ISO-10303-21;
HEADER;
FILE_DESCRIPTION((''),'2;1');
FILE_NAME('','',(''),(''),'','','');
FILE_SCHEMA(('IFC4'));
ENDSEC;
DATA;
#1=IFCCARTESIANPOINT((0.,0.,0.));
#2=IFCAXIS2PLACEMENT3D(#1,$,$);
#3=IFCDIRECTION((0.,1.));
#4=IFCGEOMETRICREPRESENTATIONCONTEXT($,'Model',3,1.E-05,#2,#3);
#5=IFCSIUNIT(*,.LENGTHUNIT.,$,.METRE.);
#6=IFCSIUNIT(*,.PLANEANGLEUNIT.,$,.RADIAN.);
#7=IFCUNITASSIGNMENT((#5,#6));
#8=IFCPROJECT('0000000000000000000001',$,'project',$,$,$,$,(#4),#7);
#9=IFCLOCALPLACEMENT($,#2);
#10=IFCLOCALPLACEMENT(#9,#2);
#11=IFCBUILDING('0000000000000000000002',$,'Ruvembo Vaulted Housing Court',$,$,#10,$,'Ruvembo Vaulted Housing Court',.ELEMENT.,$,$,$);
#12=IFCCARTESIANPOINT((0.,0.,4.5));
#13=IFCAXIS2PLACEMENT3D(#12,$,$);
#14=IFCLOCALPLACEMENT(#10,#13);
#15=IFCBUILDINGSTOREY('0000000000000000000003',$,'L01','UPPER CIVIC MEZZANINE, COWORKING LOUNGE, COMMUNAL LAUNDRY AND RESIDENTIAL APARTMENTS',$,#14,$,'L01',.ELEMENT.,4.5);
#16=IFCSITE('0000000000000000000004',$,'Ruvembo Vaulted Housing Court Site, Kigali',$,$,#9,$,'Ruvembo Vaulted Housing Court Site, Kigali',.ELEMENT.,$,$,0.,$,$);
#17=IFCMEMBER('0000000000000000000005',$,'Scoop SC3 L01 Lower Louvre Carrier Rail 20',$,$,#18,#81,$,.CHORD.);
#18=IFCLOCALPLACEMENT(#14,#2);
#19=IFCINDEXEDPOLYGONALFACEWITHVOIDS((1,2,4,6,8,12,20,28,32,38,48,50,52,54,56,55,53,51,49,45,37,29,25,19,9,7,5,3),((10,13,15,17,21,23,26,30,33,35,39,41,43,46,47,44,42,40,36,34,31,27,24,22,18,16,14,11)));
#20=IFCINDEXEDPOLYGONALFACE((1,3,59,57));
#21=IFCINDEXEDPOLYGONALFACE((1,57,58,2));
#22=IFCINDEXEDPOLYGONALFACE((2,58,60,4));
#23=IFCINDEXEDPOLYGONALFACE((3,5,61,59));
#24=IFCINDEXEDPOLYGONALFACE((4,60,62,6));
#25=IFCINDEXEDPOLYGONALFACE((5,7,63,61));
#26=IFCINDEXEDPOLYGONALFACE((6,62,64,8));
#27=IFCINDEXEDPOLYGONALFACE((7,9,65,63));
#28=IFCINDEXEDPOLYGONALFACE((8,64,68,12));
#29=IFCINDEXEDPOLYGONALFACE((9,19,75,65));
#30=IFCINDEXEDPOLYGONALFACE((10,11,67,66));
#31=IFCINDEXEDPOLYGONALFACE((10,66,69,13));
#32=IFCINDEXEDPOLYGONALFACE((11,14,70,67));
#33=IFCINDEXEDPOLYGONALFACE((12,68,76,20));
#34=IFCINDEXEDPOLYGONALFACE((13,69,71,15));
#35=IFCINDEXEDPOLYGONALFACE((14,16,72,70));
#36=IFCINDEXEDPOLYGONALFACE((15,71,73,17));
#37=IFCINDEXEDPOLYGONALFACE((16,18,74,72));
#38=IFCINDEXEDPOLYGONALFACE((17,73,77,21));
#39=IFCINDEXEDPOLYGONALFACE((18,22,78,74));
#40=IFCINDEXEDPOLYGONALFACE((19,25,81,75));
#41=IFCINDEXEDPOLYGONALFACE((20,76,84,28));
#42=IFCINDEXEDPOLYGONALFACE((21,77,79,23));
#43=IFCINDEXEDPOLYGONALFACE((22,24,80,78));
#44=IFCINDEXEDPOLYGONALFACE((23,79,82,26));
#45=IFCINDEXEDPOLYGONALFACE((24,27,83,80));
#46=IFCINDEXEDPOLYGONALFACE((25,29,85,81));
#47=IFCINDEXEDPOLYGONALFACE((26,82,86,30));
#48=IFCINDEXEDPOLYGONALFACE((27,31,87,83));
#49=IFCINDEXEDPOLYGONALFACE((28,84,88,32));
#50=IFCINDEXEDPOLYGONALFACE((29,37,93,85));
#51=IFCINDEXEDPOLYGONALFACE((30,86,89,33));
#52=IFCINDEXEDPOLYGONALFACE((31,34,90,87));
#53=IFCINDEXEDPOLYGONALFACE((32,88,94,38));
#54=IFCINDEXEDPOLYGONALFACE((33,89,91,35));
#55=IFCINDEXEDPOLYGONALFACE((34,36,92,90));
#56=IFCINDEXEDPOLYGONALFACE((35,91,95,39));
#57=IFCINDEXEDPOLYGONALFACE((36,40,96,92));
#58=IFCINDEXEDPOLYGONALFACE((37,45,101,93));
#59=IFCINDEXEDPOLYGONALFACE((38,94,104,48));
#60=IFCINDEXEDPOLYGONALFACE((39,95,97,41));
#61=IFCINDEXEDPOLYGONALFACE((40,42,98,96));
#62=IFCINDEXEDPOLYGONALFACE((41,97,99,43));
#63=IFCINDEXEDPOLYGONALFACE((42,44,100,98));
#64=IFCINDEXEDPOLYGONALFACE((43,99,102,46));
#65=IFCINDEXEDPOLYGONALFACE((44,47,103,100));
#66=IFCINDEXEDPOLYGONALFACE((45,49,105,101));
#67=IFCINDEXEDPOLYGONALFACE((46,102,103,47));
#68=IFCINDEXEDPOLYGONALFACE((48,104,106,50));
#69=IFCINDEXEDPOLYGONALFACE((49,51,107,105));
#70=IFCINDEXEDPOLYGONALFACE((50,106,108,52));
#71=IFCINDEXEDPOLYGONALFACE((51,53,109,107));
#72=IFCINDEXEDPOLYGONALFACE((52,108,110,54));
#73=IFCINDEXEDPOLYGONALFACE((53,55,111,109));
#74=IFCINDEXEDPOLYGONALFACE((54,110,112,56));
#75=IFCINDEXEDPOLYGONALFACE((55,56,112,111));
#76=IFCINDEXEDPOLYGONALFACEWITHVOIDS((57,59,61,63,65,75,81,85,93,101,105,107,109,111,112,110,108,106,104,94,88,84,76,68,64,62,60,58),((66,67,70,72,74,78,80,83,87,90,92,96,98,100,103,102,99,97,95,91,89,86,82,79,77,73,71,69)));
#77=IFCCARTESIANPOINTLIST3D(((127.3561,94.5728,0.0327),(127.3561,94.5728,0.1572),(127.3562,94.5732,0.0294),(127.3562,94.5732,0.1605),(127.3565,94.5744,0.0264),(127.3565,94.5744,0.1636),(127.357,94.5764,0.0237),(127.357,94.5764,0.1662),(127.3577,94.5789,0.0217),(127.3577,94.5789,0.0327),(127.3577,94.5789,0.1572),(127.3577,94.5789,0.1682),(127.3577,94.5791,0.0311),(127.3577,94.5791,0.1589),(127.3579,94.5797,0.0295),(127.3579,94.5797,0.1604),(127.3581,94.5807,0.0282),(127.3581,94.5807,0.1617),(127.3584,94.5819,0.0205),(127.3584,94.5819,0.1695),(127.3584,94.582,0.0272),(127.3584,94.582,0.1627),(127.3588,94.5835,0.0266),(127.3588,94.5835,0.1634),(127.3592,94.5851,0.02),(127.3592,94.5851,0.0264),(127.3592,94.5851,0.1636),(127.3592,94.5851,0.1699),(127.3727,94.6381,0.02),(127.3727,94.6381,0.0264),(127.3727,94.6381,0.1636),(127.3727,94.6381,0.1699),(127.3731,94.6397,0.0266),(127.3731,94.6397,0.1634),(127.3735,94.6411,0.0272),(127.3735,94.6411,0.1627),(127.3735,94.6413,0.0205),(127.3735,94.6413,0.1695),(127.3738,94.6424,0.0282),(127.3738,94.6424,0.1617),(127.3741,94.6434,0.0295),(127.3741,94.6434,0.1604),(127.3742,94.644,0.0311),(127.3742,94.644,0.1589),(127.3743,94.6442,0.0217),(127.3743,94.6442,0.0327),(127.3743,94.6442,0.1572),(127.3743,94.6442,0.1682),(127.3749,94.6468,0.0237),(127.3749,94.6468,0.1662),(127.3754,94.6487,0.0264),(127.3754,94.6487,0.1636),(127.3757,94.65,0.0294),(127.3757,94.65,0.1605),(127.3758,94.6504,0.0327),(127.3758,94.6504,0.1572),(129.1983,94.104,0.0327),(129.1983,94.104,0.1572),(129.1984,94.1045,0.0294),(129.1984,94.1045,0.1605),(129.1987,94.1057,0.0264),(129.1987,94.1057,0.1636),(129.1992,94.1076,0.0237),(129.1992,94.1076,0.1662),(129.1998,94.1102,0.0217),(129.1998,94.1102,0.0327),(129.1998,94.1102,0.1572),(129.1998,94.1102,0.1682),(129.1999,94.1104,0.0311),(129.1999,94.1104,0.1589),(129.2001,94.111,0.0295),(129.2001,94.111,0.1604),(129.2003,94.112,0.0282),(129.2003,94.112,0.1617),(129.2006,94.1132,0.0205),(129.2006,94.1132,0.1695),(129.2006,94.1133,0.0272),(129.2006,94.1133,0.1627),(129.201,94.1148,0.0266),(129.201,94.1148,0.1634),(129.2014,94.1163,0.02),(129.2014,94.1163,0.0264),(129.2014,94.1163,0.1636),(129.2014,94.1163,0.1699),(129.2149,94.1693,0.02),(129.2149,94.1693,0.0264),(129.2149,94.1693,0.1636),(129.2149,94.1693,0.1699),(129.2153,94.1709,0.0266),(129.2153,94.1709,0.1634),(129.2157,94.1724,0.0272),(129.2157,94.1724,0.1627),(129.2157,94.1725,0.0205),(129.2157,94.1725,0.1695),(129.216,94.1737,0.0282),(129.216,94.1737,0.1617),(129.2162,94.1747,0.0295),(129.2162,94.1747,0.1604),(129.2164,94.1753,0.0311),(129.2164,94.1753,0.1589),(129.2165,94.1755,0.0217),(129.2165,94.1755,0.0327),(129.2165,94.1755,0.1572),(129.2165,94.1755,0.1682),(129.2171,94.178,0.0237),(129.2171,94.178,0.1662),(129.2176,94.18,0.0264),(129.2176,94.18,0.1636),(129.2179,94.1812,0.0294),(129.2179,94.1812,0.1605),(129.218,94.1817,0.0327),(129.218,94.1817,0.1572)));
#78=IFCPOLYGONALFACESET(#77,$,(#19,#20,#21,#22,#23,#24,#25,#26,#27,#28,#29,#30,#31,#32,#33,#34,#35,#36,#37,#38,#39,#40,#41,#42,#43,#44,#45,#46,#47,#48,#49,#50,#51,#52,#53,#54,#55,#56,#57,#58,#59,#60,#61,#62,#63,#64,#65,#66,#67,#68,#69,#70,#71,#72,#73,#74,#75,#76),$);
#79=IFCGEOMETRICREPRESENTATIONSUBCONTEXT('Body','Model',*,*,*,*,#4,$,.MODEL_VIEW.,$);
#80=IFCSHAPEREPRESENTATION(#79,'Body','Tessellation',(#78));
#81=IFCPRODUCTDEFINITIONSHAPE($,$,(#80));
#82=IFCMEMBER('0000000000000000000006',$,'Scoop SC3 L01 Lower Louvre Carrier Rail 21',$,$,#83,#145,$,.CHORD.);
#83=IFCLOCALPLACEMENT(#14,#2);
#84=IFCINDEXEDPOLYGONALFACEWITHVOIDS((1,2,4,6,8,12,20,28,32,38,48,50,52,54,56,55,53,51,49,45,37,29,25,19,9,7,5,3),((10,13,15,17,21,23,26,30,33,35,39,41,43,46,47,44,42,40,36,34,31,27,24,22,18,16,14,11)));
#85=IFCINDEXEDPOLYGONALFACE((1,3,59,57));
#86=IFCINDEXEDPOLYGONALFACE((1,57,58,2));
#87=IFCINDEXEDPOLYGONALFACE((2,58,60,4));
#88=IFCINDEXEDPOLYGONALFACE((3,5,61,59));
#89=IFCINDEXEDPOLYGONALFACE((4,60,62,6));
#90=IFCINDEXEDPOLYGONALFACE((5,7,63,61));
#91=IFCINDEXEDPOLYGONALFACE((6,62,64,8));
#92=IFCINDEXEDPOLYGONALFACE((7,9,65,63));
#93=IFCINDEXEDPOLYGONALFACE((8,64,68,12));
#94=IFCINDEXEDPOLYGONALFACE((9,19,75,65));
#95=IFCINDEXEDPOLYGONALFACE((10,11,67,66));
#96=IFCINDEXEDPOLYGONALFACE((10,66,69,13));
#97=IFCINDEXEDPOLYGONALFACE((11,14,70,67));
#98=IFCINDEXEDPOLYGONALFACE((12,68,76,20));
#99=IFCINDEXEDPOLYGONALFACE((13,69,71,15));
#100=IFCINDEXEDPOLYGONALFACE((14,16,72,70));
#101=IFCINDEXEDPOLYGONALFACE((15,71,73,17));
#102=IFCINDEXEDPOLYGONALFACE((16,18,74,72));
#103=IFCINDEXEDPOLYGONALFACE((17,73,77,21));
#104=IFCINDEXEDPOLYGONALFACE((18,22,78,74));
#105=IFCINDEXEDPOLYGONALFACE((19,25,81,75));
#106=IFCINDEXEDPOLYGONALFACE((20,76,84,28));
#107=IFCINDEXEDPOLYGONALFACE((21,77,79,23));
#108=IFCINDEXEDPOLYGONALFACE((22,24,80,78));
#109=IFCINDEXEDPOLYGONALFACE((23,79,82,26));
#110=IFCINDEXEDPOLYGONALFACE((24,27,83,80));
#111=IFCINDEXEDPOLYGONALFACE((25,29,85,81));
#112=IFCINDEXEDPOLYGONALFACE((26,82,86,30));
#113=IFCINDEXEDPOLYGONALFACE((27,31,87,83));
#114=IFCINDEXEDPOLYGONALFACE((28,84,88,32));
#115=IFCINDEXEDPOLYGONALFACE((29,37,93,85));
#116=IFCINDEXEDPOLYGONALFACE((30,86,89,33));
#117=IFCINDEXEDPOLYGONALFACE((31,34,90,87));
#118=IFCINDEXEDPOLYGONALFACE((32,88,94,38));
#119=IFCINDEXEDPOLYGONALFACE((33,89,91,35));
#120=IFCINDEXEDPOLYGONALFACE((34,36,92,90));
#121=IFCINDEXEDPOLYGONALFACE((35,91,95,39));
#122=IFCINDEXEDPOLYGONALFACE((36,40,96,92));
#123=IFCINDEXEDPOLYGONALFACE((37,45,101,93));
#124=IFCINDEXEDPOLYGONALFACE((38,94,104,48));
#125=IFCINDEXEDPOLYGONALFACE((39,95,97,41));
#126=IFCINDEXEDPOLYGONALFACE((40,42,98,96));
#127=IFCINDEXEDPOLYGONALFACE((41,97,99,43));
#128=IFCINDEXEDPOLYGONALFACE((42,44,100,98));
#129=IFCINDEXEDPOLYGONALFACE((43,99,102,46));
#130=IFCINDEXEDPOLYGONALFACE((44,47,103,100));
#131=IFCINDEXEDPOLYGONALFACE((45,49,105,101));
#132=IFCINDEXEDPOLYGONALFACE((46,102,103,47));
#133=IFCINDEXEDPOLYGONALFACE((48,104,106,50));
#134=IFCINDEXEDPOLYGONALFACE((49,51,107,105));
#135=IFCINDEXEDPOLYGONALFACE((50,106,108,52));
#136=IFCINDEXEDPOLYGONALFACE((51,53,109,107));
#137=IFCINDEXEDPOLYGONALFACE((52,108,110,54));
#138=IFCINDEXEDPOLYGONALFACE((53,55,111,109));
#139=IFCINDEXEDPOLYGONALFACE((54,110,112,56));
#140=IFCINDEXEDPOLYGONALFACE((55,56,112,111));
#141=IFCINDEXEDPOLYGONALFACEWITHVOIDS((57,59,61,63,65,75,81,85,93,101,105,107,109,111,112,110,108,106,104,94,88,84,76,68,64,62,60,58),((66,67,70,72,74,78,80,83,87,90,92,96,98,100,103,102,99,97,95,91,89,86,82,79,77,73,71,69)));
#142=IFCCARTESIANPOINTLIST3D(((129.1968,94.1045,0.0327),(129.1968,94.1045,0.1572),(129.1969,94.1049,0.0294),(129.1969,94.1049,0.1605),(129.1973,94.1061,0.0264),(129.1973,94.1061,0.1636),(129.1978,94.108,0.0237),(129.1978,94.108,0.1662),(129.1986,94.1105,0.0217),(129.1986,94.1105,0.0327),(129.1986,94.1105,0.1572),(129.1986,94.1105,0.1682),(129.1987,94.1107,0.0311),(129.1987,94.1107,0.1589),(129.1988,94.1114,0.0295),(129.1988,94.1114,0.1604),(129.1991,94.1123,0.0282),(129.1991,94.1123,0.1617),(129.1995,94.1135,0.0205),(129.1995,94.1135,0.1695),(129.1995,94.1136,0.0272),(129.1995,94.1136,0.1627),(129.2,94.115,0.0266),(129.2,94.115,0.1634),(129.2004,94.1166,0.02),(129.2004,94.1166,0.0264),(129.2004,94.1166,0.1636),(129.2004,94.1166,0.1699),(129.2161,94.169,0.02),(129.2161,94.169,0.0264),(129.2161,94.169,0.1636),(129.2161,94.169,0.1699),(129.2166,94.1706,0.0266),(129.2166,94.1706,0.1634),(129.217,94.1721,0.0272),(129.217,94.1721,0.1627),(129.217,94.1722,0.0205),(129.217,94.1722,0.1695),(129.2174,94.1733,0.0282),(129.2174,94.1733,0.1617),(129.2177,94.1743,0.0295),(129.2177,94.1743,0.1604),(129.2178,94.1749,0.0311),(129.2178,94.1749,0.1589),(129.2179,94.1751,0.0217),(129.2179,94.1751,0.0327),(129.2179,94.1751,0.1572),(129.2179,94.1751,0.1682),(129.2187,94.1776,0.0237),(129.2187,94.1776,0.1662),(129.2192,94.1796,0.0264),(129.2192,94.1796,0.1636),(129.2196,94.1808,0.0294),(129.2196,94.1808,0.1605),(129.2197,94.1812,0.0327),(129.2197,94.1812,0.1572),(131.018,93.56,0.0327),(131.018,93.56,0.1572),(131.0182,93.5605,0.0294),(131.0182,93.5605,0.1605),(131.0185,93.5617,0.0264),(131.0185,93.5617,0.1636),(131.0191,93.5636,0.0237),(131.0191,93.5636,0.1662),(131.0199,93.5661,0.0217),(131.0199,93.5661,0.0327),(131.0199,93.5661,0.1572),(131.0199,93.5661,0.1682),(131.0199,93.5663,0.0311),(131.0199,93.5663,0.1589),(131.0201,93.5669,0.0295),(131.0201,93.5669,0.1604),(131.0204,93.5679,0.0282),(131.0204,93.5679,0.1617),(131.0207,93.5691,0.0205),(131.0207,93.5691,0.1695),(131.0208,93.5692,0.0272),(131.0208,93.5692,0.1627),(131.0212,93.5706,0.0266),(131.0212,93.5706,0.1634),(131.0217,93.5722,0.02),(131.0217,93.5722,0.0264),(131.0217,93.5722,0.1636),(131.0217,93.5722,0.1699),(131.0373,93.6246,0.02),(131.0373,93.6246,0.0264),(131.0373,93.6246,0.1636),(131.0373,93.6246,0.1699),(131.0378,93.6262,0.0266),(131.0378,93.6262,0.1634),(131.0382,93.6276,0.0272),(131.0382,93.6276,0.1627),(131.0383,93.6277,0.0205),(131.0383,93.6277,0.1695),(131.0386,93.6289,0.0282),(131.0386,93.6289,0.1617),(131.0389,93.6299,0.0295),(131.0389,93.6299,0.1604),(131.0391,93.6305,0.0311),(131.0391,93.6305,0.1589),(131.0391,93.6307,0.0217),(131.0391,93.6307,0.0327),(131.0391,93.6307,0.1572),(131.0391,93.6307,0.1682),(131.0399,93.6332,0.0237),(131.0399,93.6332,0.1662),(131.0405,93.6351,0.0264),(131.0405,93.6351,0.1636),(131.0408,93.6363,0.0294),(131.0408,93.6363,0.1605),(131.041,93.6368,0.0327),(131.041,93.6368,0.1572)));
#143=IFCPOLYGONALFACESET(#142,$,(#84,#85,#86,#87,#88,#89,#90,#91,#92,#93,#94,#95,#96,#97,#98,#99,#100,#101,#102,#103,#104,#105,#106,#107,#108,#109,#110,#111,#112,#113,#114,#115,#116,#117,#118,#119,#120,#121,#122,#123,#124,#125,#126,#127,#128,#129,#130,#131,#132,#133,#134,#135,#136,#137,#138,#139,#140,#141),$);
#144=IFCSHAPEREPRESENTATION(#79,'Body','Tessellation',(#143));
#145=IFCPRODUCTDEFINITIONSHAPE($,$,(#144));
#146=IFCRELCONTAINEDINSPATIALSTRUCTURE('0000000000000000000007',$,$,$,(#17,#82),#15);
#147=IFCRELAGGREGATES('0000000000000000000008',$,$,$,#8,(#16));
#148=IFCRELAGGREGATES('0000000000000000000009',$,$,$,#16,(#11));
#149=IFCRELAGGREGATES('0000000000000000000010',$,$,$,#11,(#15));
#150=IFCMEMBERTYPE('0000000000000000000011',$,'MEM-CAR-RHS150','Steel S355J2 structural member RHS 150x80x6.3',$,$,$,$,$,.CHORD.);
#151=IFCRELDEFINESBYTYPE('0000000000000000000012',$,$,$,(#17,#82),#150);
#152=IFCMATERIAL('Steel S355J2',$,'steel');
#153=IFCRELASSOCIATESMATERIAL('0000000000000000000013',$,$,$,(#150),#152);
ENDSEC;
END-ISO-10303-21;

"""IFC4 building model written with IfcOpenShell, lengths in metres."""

from ifc_helpers import new_model, si_unit, direction, frame, origin, origin_2d, place, context, subcontext, project, spatial, hollow_rectangle, extrude, material, material_profile, profile_set, type_object, element, save


model = new_model("IFC4")

# Units and contexts
model_context = context("Model", 3, precision=1e-05, world=origin(), true_north=direction((0.0, 1.0)))
body_context = subcontext(model_context, "Body", "Model", "MODEL_VIEW")
ifc_project = project(units=[si_unit("LENGTHUNIT", "METRE"), si_unit("PLANEANGLEUNIT", "RADIAN")], contexts=[model_context])

# Site, building, storey
site_placement = place(None, origin())
site = spatial("IfcSite", under=ifc_project, at=site_placement, Name="Ruvembo Vaulted Housing Court Site, Kigali", LongName="Ruvembo Vaulted Housing Court Site, Kigali", CompositionType="ELEMENT", RefElevation=0.0)
building_placement = place(site_placement, origin())
building = spatial("IfcBuilding", under=site, at=building_placement, Name="Ruvembo Vaulted Housing Court", LongName="Ruvembo Vaulted Housing Court", CompositionType="ELEMENT")
storey_placement = place(building_placement, frame((0.0, 0.0, 4.5)))
storey = spatial("IfcBuildingStorey", under=building, at=storey_placement, Name="L01", Description="UPPER CIVIC MEZZANINE, COWORKING LOUNGE, COMMUNAL LAUNDRY AND RESIDENTIAL APARTMENTS", LongName="L01", CompositionType="ELEMENT", Elevation=4.5)

# Shared definitions
ifc_material_1 = material(Name="Steel S355J2", Category="steel")

# Members
ifc_material_profile_1 = material_profile(ifc_material_1, hollow_rectangle(XDim=0.0801, YDim=0.1499, WallThickness=0.0063, InnerFilletRadius=0.0063, OuterFilletRadius=0.0127, at=origin_2d()), Name="RHS 150x80x6.3")
ifc_profile_set_1 = profile_set([ifc_material_profile_1], Name="Steel S355J2")
member_type_1 = type_object("IfcMemberType", Name="MEM-CAR-RHS150", Description="Steel S355J2 structural member RHS 150x80x6.3", PredefinedType="CHORD", material=ifc_profile_set_1)
for number, where, z_axis, x_axis, name in (
    (1, (127.366, 94.6116, 0.095), (0.969122, -0.246583, 0.0), (0.246583, 0.969122, 0.0), "Scoop SC3 L01 Lower Louvre Carrier Rail 20"),
    (2, (129.2083, 94.1428, 0.095), (0.958109, -0.286405, 0.0), (0.286405, 0.958109, 0.0), "Scoop SC3 L01 Lower Louvre Carrier Rail 21"),
):
    element("IfcMember", number, at=place(storey_placement, frame(where, z_axis=z_axis, x_axis=x_axis)), inside=storey, type_object=member_type_1, Name=name, PredefinedType="CHORD", context=body_context, shape_type="SweptSolid", body=[
        extrude(hollow_rectangle(XDim=0.0801, YDim=0.1499, WallThickness=0.0063, InnerFilletRadius=0.0063, OuterFilletRadius=0.0127, at=origin_2d()), origin(), (0.0, 0.0, 1.0), 1.9009),
    ])

save(model, "model.ifc")
